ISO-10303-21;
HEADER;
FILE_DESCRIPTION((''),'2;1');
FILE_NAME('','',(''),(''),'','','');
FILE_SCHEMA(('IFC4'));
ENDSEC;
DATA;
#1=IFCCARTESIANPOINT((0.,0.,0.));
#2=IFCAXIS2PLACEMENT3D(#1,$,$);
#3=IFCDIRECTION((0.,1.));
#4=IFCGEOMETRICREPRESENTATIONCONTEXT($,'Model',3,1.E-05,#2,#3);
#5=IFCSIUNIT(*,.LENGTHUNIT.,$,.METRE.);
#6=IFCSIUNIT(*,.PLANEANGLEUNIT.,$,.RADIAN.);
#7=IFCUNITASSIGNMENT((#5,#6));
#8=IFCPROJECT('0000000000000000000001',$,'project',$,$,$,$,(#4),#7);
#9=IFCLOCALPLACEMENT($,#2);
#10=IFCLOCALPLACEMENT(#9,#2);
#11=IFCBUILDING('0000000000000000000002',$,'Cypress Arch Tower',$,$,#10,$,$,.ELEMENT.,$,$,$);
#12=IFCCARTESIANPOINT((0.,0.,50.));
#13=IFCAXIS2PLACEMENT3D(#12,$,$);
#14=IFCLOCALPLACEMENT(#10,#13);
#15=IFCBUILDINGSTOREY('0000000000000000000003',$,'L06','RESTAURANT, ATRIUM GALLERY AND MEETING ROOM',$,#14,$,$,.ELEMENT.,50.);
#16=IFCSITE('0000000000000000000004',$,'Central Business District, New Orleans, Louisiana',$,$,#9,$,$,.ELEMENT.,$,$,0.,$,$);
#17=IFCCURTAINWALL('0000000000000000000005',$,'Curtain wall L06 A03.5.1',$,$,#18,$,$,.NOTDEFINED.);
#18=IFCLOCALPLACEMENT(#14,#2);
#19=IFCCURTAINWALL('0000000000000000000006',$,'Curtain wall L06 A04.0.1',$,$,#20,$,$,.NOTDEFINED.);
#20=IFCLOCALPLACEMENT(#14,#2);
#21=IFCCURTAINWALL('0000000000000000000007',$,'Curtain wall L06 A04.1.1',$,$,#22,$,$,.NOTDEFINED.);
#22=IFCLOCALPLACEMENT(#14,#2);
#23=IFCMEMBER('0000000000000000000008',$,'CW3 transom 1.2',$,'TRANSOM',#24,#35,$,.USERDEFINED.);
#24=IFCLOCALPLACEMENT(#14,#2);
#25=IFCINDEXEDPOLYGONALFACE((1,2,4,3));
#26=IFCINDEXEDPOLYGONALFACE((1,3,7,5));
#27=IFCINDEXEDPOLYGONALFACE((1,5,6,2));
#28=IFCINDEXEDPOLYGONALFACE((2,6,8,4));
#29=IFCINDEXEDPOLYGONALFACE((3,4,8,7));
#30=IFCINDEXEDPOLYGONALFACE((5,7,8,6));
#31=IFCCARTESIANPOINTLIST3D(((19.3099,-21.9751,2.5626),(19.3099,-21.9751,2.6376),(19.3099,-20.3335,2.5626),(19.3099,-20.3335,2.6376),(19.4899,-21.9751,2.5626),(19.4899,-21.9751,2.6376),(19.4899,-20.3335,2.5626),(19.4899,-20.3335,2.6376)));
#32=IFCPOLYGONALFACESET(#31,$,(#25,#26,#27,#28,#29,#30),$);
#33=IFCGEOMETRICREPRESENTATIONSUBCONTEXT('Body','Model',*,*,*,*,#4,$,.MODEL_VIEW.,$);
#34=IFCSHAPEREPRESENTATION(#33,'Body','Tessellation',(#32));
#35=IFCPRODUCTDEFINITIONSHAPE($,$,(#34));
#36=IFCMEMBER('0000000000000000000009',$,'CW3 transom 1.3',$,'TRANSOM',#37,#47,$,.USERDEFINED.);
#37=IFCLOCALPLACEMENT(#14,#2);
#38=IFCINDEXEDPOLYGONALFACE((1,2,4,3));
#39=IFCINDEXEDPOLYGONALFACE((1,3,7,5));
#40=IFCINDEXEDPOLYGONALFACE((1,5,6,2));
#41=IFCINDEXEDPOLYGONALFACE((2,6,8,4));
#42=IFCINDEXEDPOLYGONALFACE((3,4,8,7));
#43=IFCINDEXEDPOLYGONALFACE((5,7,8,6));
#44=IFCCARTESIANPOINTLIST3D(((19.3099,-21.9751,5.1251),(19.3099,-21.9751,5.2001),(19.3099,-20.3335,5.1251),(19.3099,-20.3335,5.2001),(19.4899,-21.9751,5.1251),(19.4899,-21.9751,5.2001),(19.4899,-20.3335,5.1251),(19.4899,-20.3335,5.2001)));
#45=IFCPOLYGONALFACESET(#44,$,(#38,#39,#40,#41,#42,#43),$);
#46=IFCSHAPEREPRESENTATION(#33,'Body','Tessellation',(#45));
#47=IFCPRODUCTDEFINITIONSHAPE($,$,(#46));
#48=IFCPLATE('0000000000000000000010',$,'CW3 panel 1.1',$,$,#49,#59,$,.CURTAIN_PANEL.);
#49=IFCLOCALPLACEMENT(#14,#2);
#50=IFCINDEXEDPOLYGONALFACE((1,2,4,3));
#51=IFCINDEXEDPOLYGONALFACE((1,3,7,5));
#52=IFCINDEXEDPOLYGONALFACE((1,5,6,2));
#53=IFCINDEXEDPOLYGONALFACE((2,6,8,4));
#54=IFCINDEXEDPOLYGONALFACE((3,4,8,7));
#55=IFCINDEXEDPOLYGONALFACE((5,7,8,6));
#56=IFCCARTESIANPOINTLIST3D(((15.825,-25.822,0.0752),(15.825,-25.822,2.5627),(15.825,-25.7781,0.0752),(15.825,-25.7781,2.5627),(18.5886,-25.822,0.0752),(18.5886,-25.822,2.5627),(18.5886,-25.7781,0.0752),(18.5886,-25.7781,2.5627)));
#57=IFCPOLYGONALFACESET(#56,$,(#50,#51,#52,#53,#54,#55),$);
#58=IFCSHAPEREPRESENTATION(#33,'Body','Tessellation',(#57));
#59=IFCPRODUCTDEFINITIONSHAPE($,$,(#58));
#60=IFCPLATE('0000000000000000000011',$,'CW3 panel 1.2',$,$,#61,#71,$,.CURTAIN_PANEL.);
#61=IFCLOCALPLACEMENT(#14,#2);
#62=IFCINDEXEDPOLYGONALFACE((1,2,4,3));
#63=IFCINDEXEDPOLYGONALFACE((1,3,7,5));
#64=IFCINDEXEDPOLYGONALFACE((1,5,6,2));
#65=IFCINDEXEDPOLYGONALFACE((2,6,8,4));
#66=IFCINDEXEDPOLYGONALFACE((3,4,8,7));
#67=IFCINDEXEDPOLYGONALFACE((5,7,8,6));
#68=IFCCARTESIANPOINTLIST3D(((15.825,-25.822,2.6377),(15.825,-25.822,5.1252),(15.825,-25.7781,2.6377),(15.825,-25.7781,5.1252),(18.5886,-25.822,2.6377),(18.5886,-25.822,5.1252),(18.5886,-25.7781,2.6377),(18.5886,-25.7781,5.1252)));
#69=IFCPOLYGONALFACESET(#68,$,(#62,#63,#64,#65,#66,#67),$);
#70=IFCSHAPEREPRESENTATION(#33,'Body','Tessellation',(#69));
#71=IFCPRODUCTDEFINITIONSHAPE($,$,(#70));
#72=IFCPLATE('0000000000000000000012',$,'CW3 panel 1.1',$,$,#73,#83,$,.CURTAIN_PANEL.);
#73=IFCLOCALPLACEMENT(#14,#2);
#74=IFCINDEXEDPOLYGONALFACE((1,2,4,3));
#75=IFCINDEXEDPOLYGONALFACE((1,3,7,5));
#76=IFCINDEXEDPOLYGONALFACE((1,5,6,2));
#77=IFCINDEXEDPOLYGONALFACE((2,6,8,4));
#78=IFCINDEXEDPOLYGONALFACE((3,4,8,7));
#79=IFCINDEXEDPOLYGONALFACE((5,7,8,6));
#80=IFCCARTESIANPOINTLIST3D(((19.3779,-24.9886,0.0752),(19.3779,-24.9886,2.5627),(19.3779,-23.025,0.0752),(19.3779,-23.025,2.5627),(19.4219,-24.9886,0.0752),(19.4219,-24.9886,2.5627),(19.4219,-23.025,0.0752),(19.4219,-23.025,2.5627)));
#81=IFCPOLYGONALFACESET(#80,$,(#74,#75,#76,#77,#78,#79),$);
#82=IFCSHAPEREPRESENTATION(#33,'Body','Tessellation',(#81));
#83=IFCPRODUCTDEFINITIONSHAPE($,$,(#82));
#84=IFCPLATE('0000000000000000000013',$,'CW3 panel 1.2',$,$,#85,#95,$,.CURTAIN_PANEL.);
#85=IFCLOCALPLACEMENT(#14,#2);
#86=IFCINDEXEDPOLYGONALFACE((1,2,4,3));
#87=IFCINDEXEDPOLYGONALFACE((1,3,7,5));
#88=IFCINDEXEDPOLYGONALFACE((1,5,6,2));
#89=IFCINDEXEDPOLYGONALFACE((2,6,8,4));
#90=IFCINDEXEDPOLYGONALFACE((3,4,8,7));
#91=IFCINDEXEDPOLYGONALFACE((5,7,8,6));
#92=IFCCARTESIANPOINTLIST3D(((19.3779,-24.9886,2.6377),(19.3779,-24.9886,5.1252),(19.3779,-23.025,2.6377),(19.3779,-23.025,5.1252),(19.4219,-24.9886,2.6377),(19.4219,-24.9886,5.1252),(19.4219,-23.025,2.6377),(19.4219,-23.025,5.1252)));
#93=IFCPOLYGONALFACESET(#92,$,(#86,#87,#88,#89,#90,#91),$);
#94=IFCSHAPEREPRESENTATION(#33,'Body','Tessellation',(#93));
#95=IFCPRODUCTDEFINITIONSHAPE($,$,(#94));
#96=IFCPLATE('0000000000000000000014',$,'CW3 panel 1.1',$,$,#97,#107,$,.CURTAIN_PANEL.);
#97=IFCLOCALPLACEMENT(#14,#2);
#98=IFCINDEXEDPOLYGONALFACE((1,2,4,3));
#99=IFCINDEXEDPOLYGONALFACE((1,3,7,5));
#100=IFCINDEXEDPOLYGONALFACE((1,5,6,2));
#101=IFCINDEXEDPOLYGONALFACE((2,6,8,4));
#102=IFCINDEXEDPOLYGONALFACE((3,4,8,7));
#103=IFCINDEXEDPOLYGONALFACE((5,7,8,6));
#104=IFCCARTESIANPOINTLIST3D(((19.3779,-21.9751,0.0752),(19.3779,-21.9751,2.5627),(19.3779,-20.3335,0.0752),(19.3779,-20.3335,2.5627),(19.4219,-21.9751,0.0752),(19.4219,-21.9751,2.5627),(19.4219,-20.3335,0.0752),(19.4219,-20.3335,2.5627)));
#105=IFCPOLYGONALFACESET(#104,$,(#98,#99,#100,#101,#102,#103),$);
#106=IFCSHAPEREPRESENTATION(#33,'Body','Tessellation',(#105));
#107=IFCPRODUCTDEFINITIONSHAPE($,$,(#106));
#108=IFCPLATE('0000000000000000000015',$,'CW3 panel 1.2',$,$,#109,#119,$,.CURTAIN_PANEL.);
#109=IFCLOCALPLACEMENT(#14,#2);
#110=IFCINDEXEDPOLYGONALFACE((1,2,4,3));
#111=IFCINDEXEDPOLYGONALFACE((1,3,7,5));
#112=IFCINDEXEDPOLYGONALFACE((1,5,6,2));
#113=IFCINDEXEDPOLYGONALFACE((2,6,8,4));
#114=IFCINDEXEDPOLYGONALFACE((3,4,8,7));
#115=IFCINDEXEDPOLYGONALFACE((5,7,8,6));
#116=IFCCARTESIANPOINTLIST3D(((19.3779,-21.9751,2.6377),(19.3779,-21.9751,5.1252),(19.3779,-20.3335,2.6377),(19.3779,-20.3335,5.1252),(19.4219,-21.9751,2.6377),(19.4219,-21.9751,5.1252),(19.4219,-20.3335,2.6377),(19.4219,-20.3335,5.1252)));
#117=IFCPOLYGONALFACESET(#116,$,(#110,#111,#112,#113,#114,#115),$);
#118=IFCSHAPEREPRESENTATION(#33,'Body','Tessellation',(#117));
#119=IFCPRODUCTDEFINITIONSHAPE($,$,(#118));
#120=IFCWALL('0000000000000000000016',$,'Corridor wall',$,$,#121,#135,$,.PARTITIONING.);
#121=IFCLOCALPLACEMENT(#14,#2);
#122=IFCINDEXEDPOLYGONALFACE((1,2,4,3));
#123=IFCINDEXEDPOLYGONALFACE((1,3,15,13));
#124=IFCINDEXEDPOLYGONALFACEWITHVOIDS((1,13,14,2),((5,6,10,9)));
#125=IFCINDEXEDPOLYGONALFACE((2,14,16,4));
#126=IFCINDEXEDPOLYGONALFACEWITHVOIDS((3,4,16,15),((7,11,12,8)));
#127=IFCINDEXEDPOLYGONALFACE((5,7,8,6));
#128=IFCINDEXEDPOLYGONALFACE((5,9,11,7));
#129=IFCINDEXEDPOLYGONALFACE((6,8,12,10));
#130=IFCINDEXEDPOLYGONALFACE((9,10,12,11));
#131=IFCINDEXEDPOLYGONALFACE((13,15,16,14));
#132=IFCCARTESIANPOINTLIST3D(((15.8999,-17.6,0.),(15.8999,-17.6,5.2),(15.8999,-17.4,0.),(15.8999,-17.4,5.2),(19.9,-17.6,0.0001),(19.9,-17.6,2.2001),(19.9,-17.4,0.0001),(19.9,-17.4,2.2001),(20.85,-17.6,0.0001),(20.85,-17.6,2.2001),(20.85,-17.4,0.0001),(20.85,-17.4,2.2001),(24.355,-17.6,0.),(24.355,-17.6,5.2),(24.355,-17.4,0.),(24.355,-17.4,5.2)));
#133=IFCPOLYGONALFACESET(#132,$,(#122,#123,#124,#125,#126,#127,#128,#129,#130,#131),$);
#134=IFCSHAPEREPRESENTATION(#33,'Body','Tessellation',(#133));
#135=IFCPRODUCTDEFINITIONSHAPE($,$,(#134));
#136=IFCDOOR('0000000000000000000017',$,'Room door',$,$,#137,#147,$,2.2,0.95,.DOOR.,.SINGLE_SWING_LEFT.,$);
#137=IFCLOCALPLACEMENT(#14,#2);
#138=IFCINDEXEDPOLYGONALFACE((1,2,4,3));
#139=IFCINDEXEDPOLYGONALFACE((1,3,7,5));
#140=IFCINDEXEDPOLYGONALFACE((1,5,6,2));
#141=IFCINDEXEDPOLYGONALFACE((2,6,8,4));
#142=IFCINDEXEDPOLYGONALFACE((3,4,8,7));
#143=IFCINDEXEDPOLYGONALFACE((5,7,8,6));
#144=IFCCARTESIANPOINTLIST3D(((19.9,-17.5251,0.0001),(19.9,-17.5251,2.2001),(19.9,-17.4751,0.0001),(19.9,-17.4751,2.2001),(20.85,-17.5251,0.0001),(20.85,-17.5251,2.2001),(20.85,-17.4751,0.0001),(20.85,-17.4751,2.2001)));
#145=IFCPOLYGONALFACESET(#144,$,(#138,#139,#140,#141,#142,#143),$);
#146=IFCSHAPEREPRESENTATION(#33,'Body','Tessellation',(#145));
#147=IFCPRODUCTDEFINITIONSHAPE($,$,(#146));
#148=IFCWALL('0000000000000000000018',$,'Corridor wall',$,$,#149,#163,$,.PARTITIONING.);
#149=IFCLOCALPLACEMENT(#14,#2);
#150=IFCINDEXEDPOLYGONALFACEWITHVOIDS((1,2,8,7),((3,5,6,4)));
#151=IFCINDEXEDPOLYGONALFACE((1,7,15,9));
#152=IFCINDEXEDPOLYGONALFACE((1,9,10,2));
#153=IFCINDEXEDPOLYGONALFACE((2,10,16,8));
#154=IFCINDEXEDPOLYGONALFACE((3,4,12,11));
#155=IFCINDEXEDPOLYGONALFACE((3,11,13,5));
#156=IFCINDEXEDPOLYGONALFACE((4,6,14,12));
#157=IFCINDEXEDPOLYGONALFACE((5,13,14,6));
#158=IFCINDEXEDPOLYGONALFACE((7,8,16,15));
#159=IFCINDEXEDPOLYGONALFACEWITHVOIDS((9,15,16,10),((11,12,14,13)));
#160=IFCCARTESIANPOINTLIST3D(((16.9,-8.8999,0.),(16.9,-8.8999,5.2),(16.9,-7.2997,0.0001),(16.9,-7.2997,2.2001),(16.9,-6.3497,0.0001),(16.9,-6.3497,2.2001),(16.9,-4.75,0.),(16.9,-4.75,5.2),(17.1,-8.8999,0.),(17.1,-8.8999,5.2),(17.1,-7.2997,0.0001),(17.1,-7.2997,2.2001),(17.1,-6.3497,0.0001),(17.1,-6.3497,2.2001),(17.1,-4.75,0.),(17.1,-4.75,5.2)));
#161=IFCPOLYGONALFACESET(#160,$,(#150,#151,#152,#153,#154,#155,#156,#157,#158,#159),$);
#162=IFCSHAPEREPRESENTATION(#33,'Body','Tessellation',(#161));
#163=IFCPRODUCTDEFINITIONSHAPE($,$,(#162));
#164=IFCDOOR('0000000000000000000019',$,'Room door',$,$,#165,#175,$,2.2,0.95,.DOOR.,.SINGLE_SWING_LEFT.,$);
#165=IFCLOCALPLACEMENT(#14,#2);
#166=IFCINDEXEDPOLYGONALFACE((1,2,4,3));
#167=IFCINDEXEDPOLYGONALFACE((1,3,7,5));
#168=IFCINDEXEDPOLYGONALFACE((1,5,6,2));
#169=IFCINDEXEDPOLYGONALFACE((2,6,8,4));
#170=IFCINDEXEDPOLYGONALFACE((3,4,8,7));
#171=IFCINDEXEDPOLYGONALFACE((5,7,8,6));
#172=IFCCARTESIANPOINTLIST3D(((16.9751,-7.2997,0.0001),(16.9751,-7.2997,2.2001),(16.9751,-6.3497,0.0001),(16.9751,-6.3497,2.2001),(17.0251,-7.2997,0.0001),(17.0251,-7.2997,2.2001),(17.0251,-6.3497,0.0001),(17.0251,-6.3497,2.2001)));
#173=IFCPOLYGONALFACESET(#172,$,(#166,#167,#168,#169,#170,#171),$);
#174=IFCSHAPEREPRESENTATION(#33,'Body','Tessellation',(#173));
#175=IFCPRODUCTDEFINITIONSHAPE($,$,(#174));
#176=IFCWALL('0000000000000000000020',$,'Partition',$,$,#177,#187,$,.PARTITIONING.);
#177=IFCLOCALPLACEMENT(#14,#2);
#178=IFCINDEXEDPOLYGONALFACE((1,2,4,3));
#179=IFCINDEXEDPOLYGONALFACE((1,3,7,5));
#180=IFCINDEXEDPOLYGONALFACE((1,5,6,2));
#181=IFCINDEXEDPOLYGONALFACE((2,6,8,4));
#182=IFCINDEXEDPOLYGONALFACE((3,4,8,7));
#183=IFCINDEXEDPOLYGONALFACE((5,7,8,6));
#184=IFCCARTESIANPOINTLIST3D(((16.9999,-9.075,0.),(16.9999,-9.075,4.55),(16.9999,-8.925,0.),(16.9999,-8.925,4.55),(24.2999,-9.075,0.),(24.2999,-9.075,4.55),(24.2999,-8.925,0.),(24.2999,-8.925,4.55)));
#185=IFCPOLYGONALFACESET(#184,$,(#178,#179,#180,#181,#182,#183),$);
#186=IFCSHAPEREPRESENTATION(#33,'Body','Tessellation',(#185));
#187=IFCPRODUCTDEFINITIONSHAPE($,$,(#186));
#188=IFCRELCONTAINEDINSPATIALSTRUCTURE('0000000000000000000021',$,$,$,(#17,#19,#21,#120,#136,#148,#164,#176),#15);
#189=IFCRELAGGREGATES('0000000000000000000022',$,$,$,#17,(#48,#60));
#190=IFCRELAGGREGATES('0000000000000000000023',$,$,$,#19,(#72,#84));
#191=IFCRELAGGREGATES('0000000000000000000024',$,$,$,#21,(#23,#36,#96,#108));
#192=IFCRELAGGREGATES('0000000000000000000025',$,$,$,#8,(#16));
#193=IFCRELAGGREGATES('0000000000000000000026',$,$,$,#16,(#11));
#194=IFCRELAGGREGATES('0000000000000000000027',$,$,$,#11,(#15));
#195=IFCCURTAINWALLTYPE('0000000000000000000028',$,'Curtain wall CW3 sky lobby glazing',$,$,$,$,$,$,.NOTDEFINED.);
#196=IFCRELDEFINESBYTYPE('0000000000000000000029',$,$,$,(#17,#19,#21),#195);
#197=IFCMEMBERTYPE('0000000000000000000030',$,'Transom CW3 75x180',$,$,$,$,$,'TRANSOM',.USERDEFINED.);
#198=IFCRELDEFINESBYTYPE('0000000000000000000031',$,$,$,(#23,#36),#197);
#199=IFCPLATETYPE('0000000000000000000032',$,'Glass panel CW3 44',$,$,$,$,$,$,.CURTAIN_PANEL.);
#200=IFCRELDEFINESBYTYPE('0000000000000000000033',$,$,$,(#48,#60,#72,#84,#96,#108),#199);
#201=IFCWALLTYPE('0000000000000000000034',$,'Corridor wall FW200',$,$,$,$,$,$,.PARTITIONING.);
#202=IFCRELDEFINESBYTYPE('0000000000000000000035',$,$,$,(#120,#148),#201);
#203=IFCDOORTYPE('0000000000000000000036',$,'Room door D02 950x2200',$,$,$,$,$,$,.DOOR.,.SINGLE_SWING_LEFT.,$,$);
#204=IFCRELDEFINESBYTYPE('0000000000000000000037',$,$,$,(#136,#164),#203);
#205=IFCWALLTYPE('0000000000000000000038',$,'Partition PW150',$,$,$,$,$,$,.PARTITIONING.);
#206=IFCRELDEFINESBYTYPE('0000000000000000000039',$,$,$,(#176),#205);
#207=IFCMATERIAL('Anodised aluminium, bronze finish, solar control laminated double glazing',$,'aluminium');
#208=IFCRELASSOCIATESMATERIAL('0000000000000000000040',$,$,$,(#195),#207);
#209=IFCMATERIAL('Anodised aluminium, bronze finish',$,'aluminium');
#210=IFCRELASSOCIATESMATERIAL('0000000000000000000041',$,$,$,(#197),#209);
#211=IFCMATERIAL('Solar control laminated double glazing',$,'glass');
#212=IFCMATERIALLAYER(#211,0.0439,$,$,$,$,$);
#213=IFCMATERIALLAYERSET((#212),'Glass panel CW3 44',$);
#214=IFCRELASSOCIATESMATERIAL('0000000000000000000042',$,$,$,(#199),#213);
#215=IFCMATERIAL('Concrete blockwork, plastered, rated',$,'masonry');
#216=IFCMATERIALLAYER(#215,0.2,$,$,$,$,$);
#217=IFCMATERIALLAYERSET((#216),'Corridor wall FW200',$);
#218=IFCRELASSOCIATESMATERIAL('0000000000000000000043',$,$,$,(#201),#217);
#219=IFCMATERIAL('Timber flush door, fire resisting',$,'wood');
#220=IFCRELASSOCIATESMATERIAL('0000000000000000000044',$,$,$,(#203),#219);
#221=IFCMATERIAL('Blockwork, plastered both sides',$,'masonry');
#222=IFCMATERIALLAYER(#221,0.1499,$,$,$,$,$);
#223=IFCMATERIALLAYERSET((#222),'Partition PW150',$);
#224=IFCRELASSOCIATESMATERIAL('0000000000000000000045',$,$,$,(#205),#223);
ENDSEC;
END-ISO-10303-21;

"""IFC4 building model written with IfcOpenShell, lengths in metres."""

from ifc_helpers import new_model, si_unit, direction, frame, frame_2d, origin, origin_2d, place, context, subcontext, project, spatial, rectangle, extrude, material, layer, layer_set, material_profile, profile_set, type_object, element, fill, aggregate, save


model = new_model("IFC4")

# Units and contexts
model_context = context("Model", 3, precision=1e-05, world=origin(), true_north=direction((0.0, 1.0)))
body_context = subcontext(model_context, "Body", "Model", "MODEL_VIEW")
ifc_project = project(units=[si_unit("LENGTHUNIT", "METRE"), si_unit("PLANEANGLEUNIT", "RADIAN")], contexts=[model_context])

# Site, building, storey
site_placement = place(None, origin())
site = spatial("IfcSite", under=ifc_project, at=site_placement, Name="Central Business District, New Orleans, Louisiana", CompositionType="ELEMENT", RefElevation=0.0)
building_placement = place(site_placement, origin())
building = spatial("IfcBuilding", under=site, at=building_placement, Name="Cypress Arch Tower", CompositionType="ELEMENT")
storey_placement = place(building_placement, frame((0.0, 0.0, 50.0)))
storey = spatial("IfcBuildingStorey", under=building, at=storey_placement, Name="L06", Description="RESTAURANT, ATRIUM GALLERY AND MEETING ROOM", CompositionType="ELEMENT", Elevation=50.0)

# Curtain walls
ifc_material_1 = material(Name="Anodised aluminium, bronze finish, solar control laminated double glazing", Category="aluminium")
curtain_wall_type = type_object("IfcCurtainWallType", Name="Curtain wall CW3 sky lobby glazing", PredefinedType="NOTDEFINED", material=ifc_material_1)
curtain_wall_1_placement = place(storey_placement, origin())
curtain_wall_1 = element("IfcCurtainWall", 1, at=curtain_wall_1_placement, inside=storey, type_object=curtain_wall_type, Name="Curtain wall L06 A03.5.1", PredefinedType="NOTDEFINED")
curtain_wall_2_placement = place(storey_placement, origin())
curtain_wall_2 = element("IfcCurtainWall", 2, at=curtain_wall_2_placement, inside=storey, type_object=curtain_wall_type, Name="Curtain wall L06 A04.0.1", PredefinedType="NOTDEFINED")
curtain_wall_3_placement = place(storey_placement, origin())
curtain_wall_3 = element("IfcCurtainWall", 3, at=curtain_wall_3_placement, inside=storey, type_object=curtain_wall_type, Name="Curtain wall L06 A04.1.1", PredefinedType="NOTDEFINED")

# Members
ifc_material_2 = material(Name="Anodised aluminium, bronze finish", Category="aluminium")
ifc_material_profile_1 = material_profile(ifc_material_2, rectangle(XDim=0.1799, YDim=0.075, at=origin_2d()), Name="Transom 75x180")
ifc_profile_set_1 = profile_set([ifc_material_profile_1], Name="Anodised aluminium, bronze finish")
member_type_1 = type_object("IfcMemberType", Name="Transom CW3 75x180", ElementType="TRANSOM", PredefinedType="USERDEFINED", material=ifc_profile_set_1)
member_1_placement = place(storey_placement, frame((19.3999, -21.9751, 2.6001), z_axis=(0.0, 1.0, 0.0), x_axis=(-1.0, 0.0, 0.0)))
member_1 = element("IfcMember", 4, at=member_1_placement, type_object=member_type_1, Name="CW3 transom 1.2", ObjectType="TRANSOM", PredefinedType="USERDEFINED", context=body_context, shape_type="SweptSolid", body=[
    extrude(rectangle(XDim=0.1799, YDim=0.075, at=origin_2d()), origin(), (0.0, 0.0, 1.0), 1.6416),
])
member_2_placement = place(storey_placement, frame((19.3999, -21.9751, 5.1626), z_axis=(0.0, 1.0, 0.0), x_axis=(-1.0, 0.0, 0.0)))
member_2 = element("IfcMember", 5, at=member_2_placement, type_object=member_type_1, Name="CW3 transom 1.3", ObjectType="TRANSOM", PredefinedType="USERDEFINED", context=body_context, shape_type="SweptSolid", body=[
    extrude(rectangle(XDim=0.1799, YDim=0.075, at=origin_2d()), origin(), (0.0, 0.0, 1.0), 1.6416),
])

# Plates
ifc_material_3 = material(Name="Solar control laminated double glazing", Category="glass")
ifc_layer_1 = layer(ifc_material_3, 0.0439)
ifc_layer_set_1 = layer_set([ifc_layer_1], Name="Glass panel CW3 44")
plate_type = type_object("IfcPlateType", Name="Glass panel CW3 44", PredefinedType="CURTAIN_PANEL", material=ifc_layer_set_1)
plate_1_placement = place(storey_placement, frame((17.2068, -25.8, 0.0752), z_axis=(0.0, 0.0, 1.0), x_axis=(1.0, 0.0, 0.0)))
plate_1 = element("IfcPlate", 6, at=plate_1_placement, type_object=plate_type, Name="CW3 panel 1.1", PredefinedType="CURTAIN_PANEL", context=body_context, shape_type="SweptSolid", body=[
    extrude(rectangle(XDim=2.7637, YDim=0.0439, at=origin_2d()), origin(), (0.0, 0.0, 1.0), 2.4875),
])
plate_2_placement = place(storey_placement, frame((17.2068, -25.8, 2.6377), z_axis=(0.0, 0.0, 1.0), x_axis=(1.0, 0.0, 0.0)))
plate_2 = element("IfcPlate", 7, at=plate_2_placement, type_object=plate_type, Name="CW3 panel 1.2", PredefinedType="CURTAIN_PANEL", context=body_context, shape_type="SweptSolid", body=[
    extrude(rectangle(XDim=2.7637, YDim=0.0439, at=origin_2d()), origin(), (0.0, 0.0, 1.0), 2.4875),
])
aggregate(curtain_wall_1, [plate_1, plate_2])
plate_3_placement = place(storey_placement, frame((19.3999, -24.0068, 0.0752), z_axis=(0.0, 0.0, 1.0), x_axis=(0.0, 1.0, 0.0)))
plate_3 = element("IfcPlate", 8, at=plate_3_placement, type_object=plate_type, Name="CW3 panel 1.1", PredefinedType="CURTAIN_PANEL", context=body_context, shape_type="SweptSolid", body=[
    extrude(rectangle(XDim=1.9636, YDim=0.0439, at=origin_2d()), origin(), (0.0, 0.0, 1.0), 2.4875),
])
plate_4_placement = place(storey_placement, frame((19.3999, -24.0068, 2.6377), z_axis=(0.0, 0.0, 1.0), x_axis=(0.0, 1.0, 0.0)))
plate_4 = element("IfcPlate", 9, at=plate_4_placement, type_object=plate_type, Name="CW3 panel 1.2", PredefinedType="CURTAIN_PANEL", context=body_context, shape_type="SweptSolid", body=[
    extrude(rectangle(XDim=1.9636, YDim=0.0439, at=origin_2d()), origin(), (0.0, 0.0, 1.0), 2.4875),
])
aggregate(curtain_wall_2, [plate_3, plate_4])
plate_5_placement = place(storey_placement, frame((19.3999, -21.1543, 0.0752), z_axis=(0.0, 0.0, 1.0), x_axis=(0.0, 1.0, 0.0)))
plate_5 = element("IfcPlate", 10, at=plate_5_placement, type_object=plate_type, Name="CW3 panel 1.1", PredefinedType="CURTAIN_PANEL", context=body_context, shape_type="SweptSolid", body=[
    extrude(rectangle(XDim=1.6416, YDim=0.0439, at=origin_2d()), origin(), (0.0, 0.0, 1.0), 2.4875),
])
plate_6_placement = place(storey_placement, frame((19.3999, -21.1543, 2.6377), z_axis=(0.0, 0.0, 1.0), x_axis=(0.0, 1.0, 0.0)))
plate_6 = element("IfcPlate", 11, at=plate_6_placement, type_object=plate_type, Name="CW3 panel 1.2", PredefinedType="CURTAIN_PANEL", context=body_context, shape_type="SweptSolid", body=[
    extrude(rectangle(XDim=1.6416, YDim=0.0439, at=origin_2d()), origin(), (0.0, 0.0, 1.0), 2.4875),
])
aggregate(curtain_wall_3, [member_1, member_2, plate_5, plate_6])

# Walls, openings, doors
ifc_material_4 = material(Name="Concrete blockwork, plastered, rated", Category="masonry")
ifc_layer_2 = layer(ifc_material_4, 0.2)
ifc_layer_set_2 = layer_set([ifc_layer_2], Name="Corridor wall FW200")
wall_type_1 = type_object("IfcWallType", Name="Corridor wall FW200", PredefinedType="PARTITIONING", material=ifc_layer_set_2)
wall_1_placement = place(storey_placement, frame((15.8999, -17.5, 0.0), z_axis=(0.0, 0.0, 1.0), x_axis=(1.0, 0.0, 0.0)))
wall_1 = element("IfcWall", 12, at=wall_1_placement, inside=storey, type_object=wall_type_1, Name="Corridor wall", PredefinedType="PARTITIONING", context=body_context, shape_type="SweptSolid", body=[
    extrude(rectangle(XDim=8.4551, YDim=0.2, at=frame_2d((4.2275, 0.0))), origin(), (0.0, 0.0, 1.0), 5.2),
])
opening_1_placement = place(wall_1_placement, frame((4.0, 0.0, 0.0)))
opening_1 = element("IfcOpeningElement", 13, at=opening_1_placement, cuts=wall_1, PredefinedType="OPENING", context=body_context, shape_type="SweptSolid", body=[
    extrude(rectangle(XDim=0.95, YDim=2.2, at=frame_2d((0.4751, 1.1001))), frame((0.0, 0.1099, 0.0), z_axis=(0.0, -1.0, 0.0), x_axis=(1.0, 0.0, 0.0)), (0.0, 0.0, 1.0), 0.22),
])
ifc_material_5 = material(Name="Timber flush door, fire resisting", Category="wood")
door_type = type_object("IfcDoorType", Name="Room door D02 950x2200", OperationType="SINGLE_SWING_LEFT", PredefinedType="DOOR", material=ifc_material_5)
door_1_placement = place(opening_1_placement, origin())
door_1 = element("IfcDoor", 14, at=door_1_placement, inside=storey, type_object=door_type, Name="Room door", OperationType="SINGLE_SWING_LEFT", OverallHeight=2.2, OverallWidth=0.95, PredefinedType="DOOR", context=body_context, shape_type="SweptSolid", body=[
    extrude(rectangle(XDim=0.95, YDim=2.2, at=frame_2d((0.4751, 1.1001))), frame((0.0, 0.0249, 0.0), z_axis=(0.0, -1.0, 0.0), x_axis=(1.0, 0.0, 0.0)), (0.0, 0.0, 1.0), 0.05),
])
fill(opening_1, door_1)
wall_2_placement = place(storey_placement, frame((17.0, -8.8999, 0.0), z_axis=(0.0, 0.0, 1.0), x_axis=(0.0, 1.0, 0.0)))
wall_2 = element("IfcWall", 15, at=wall_2_placement, inside=storey, type_object=wall_type_1, Name="Corridor wall", PredefinedType="PARTITIONING", context=body_context, shape_type="SweptSolid", body=[
    extrude(rectangle(XDim=4.1499, YDim=0.2, at=frame_2d((2.075, 0.0))), origin(), (0.0, 0.0, 1.0), 5.2),
])
opening_2_placement = place(wall_2_placement, frame((1.6001, 0.0, 0.0)))
opening_2 = element("IfcOpeningElement", 16, at=opening_2_placement, cuts=wall_2, PredefinedType="OPENING", context=body_context, shape_type="SweptSolid", body=[
    extrude(rectangle(XDim=0.95, YDim=2.2, at=frame_2d((0.4751, 1.1001))), frame((0.0, 0.1099, 0.0), z_axis=(0.0, -1.0, 0.0), x_axis=(1.0, 0.0, 0.0)), (0.0, 0.0, 1.0), 0.22),
])
door_2_placement = place(opening_2_placement, origin())
door_2 = element("IfcDoor", 17, at=door_2_placement, inside=storey, type_object=door_type, Name="Room door", OperationType="SINGLE_SWING_LEFT", OverallHeight=2.2, OverallWidth=0.95, PredefinedType="DOOR", context=body_context, shape_type="SweptSolid", body=[
    extrude(rectangle(XDim=0.95, YDim=2.2, at=frame_2d((0.4751, 1.1001))), frame((0.0, 0.0249, 0.0), z_axis=(0.0, -1.0, 0.0), x_axis=(1.0, 0.0, 0.0)), (0.0, 0.0, 1.0), 0.05),
])
fill(opening_2, door_2)

# Wall
ifc_material_6 = material(Name="Blockwork, plastered both sides", Category="masonry")
ifc_layer_3 = layer(ifc_material_6, 0.1499)
ifc_layer_set_3 = layer_set([ifc_layer_3], Name="Partition PW150")
wall_type_2 = type_object("IfcWallType", Name="Partition PW150", PredefinedType="PARTITIONING", material=ifc_layer_set_3)
wall_3_placement = place(storey_placement, frame((17.0, -9.0, 0.0), z_axis=(0.0, 0.0, 1.0), x_axis=(1.0, 0.0, 0.0)))
element("IfcWall", 18, at=wall_3_placement, inside=storey, type_object=wall_type_2, Name="Partition", PredefinedType="PARTITIONING", context=body_context, shape_type="SweptSolid", body=[
    extrude(rectangle(XDim=7.3, YDim=0.1499, at=frame_2d((3.6499, 0.0))), origin(), (0.0, 0.0, 1.0), 4.55),
])

save(model, "model.ifc")
